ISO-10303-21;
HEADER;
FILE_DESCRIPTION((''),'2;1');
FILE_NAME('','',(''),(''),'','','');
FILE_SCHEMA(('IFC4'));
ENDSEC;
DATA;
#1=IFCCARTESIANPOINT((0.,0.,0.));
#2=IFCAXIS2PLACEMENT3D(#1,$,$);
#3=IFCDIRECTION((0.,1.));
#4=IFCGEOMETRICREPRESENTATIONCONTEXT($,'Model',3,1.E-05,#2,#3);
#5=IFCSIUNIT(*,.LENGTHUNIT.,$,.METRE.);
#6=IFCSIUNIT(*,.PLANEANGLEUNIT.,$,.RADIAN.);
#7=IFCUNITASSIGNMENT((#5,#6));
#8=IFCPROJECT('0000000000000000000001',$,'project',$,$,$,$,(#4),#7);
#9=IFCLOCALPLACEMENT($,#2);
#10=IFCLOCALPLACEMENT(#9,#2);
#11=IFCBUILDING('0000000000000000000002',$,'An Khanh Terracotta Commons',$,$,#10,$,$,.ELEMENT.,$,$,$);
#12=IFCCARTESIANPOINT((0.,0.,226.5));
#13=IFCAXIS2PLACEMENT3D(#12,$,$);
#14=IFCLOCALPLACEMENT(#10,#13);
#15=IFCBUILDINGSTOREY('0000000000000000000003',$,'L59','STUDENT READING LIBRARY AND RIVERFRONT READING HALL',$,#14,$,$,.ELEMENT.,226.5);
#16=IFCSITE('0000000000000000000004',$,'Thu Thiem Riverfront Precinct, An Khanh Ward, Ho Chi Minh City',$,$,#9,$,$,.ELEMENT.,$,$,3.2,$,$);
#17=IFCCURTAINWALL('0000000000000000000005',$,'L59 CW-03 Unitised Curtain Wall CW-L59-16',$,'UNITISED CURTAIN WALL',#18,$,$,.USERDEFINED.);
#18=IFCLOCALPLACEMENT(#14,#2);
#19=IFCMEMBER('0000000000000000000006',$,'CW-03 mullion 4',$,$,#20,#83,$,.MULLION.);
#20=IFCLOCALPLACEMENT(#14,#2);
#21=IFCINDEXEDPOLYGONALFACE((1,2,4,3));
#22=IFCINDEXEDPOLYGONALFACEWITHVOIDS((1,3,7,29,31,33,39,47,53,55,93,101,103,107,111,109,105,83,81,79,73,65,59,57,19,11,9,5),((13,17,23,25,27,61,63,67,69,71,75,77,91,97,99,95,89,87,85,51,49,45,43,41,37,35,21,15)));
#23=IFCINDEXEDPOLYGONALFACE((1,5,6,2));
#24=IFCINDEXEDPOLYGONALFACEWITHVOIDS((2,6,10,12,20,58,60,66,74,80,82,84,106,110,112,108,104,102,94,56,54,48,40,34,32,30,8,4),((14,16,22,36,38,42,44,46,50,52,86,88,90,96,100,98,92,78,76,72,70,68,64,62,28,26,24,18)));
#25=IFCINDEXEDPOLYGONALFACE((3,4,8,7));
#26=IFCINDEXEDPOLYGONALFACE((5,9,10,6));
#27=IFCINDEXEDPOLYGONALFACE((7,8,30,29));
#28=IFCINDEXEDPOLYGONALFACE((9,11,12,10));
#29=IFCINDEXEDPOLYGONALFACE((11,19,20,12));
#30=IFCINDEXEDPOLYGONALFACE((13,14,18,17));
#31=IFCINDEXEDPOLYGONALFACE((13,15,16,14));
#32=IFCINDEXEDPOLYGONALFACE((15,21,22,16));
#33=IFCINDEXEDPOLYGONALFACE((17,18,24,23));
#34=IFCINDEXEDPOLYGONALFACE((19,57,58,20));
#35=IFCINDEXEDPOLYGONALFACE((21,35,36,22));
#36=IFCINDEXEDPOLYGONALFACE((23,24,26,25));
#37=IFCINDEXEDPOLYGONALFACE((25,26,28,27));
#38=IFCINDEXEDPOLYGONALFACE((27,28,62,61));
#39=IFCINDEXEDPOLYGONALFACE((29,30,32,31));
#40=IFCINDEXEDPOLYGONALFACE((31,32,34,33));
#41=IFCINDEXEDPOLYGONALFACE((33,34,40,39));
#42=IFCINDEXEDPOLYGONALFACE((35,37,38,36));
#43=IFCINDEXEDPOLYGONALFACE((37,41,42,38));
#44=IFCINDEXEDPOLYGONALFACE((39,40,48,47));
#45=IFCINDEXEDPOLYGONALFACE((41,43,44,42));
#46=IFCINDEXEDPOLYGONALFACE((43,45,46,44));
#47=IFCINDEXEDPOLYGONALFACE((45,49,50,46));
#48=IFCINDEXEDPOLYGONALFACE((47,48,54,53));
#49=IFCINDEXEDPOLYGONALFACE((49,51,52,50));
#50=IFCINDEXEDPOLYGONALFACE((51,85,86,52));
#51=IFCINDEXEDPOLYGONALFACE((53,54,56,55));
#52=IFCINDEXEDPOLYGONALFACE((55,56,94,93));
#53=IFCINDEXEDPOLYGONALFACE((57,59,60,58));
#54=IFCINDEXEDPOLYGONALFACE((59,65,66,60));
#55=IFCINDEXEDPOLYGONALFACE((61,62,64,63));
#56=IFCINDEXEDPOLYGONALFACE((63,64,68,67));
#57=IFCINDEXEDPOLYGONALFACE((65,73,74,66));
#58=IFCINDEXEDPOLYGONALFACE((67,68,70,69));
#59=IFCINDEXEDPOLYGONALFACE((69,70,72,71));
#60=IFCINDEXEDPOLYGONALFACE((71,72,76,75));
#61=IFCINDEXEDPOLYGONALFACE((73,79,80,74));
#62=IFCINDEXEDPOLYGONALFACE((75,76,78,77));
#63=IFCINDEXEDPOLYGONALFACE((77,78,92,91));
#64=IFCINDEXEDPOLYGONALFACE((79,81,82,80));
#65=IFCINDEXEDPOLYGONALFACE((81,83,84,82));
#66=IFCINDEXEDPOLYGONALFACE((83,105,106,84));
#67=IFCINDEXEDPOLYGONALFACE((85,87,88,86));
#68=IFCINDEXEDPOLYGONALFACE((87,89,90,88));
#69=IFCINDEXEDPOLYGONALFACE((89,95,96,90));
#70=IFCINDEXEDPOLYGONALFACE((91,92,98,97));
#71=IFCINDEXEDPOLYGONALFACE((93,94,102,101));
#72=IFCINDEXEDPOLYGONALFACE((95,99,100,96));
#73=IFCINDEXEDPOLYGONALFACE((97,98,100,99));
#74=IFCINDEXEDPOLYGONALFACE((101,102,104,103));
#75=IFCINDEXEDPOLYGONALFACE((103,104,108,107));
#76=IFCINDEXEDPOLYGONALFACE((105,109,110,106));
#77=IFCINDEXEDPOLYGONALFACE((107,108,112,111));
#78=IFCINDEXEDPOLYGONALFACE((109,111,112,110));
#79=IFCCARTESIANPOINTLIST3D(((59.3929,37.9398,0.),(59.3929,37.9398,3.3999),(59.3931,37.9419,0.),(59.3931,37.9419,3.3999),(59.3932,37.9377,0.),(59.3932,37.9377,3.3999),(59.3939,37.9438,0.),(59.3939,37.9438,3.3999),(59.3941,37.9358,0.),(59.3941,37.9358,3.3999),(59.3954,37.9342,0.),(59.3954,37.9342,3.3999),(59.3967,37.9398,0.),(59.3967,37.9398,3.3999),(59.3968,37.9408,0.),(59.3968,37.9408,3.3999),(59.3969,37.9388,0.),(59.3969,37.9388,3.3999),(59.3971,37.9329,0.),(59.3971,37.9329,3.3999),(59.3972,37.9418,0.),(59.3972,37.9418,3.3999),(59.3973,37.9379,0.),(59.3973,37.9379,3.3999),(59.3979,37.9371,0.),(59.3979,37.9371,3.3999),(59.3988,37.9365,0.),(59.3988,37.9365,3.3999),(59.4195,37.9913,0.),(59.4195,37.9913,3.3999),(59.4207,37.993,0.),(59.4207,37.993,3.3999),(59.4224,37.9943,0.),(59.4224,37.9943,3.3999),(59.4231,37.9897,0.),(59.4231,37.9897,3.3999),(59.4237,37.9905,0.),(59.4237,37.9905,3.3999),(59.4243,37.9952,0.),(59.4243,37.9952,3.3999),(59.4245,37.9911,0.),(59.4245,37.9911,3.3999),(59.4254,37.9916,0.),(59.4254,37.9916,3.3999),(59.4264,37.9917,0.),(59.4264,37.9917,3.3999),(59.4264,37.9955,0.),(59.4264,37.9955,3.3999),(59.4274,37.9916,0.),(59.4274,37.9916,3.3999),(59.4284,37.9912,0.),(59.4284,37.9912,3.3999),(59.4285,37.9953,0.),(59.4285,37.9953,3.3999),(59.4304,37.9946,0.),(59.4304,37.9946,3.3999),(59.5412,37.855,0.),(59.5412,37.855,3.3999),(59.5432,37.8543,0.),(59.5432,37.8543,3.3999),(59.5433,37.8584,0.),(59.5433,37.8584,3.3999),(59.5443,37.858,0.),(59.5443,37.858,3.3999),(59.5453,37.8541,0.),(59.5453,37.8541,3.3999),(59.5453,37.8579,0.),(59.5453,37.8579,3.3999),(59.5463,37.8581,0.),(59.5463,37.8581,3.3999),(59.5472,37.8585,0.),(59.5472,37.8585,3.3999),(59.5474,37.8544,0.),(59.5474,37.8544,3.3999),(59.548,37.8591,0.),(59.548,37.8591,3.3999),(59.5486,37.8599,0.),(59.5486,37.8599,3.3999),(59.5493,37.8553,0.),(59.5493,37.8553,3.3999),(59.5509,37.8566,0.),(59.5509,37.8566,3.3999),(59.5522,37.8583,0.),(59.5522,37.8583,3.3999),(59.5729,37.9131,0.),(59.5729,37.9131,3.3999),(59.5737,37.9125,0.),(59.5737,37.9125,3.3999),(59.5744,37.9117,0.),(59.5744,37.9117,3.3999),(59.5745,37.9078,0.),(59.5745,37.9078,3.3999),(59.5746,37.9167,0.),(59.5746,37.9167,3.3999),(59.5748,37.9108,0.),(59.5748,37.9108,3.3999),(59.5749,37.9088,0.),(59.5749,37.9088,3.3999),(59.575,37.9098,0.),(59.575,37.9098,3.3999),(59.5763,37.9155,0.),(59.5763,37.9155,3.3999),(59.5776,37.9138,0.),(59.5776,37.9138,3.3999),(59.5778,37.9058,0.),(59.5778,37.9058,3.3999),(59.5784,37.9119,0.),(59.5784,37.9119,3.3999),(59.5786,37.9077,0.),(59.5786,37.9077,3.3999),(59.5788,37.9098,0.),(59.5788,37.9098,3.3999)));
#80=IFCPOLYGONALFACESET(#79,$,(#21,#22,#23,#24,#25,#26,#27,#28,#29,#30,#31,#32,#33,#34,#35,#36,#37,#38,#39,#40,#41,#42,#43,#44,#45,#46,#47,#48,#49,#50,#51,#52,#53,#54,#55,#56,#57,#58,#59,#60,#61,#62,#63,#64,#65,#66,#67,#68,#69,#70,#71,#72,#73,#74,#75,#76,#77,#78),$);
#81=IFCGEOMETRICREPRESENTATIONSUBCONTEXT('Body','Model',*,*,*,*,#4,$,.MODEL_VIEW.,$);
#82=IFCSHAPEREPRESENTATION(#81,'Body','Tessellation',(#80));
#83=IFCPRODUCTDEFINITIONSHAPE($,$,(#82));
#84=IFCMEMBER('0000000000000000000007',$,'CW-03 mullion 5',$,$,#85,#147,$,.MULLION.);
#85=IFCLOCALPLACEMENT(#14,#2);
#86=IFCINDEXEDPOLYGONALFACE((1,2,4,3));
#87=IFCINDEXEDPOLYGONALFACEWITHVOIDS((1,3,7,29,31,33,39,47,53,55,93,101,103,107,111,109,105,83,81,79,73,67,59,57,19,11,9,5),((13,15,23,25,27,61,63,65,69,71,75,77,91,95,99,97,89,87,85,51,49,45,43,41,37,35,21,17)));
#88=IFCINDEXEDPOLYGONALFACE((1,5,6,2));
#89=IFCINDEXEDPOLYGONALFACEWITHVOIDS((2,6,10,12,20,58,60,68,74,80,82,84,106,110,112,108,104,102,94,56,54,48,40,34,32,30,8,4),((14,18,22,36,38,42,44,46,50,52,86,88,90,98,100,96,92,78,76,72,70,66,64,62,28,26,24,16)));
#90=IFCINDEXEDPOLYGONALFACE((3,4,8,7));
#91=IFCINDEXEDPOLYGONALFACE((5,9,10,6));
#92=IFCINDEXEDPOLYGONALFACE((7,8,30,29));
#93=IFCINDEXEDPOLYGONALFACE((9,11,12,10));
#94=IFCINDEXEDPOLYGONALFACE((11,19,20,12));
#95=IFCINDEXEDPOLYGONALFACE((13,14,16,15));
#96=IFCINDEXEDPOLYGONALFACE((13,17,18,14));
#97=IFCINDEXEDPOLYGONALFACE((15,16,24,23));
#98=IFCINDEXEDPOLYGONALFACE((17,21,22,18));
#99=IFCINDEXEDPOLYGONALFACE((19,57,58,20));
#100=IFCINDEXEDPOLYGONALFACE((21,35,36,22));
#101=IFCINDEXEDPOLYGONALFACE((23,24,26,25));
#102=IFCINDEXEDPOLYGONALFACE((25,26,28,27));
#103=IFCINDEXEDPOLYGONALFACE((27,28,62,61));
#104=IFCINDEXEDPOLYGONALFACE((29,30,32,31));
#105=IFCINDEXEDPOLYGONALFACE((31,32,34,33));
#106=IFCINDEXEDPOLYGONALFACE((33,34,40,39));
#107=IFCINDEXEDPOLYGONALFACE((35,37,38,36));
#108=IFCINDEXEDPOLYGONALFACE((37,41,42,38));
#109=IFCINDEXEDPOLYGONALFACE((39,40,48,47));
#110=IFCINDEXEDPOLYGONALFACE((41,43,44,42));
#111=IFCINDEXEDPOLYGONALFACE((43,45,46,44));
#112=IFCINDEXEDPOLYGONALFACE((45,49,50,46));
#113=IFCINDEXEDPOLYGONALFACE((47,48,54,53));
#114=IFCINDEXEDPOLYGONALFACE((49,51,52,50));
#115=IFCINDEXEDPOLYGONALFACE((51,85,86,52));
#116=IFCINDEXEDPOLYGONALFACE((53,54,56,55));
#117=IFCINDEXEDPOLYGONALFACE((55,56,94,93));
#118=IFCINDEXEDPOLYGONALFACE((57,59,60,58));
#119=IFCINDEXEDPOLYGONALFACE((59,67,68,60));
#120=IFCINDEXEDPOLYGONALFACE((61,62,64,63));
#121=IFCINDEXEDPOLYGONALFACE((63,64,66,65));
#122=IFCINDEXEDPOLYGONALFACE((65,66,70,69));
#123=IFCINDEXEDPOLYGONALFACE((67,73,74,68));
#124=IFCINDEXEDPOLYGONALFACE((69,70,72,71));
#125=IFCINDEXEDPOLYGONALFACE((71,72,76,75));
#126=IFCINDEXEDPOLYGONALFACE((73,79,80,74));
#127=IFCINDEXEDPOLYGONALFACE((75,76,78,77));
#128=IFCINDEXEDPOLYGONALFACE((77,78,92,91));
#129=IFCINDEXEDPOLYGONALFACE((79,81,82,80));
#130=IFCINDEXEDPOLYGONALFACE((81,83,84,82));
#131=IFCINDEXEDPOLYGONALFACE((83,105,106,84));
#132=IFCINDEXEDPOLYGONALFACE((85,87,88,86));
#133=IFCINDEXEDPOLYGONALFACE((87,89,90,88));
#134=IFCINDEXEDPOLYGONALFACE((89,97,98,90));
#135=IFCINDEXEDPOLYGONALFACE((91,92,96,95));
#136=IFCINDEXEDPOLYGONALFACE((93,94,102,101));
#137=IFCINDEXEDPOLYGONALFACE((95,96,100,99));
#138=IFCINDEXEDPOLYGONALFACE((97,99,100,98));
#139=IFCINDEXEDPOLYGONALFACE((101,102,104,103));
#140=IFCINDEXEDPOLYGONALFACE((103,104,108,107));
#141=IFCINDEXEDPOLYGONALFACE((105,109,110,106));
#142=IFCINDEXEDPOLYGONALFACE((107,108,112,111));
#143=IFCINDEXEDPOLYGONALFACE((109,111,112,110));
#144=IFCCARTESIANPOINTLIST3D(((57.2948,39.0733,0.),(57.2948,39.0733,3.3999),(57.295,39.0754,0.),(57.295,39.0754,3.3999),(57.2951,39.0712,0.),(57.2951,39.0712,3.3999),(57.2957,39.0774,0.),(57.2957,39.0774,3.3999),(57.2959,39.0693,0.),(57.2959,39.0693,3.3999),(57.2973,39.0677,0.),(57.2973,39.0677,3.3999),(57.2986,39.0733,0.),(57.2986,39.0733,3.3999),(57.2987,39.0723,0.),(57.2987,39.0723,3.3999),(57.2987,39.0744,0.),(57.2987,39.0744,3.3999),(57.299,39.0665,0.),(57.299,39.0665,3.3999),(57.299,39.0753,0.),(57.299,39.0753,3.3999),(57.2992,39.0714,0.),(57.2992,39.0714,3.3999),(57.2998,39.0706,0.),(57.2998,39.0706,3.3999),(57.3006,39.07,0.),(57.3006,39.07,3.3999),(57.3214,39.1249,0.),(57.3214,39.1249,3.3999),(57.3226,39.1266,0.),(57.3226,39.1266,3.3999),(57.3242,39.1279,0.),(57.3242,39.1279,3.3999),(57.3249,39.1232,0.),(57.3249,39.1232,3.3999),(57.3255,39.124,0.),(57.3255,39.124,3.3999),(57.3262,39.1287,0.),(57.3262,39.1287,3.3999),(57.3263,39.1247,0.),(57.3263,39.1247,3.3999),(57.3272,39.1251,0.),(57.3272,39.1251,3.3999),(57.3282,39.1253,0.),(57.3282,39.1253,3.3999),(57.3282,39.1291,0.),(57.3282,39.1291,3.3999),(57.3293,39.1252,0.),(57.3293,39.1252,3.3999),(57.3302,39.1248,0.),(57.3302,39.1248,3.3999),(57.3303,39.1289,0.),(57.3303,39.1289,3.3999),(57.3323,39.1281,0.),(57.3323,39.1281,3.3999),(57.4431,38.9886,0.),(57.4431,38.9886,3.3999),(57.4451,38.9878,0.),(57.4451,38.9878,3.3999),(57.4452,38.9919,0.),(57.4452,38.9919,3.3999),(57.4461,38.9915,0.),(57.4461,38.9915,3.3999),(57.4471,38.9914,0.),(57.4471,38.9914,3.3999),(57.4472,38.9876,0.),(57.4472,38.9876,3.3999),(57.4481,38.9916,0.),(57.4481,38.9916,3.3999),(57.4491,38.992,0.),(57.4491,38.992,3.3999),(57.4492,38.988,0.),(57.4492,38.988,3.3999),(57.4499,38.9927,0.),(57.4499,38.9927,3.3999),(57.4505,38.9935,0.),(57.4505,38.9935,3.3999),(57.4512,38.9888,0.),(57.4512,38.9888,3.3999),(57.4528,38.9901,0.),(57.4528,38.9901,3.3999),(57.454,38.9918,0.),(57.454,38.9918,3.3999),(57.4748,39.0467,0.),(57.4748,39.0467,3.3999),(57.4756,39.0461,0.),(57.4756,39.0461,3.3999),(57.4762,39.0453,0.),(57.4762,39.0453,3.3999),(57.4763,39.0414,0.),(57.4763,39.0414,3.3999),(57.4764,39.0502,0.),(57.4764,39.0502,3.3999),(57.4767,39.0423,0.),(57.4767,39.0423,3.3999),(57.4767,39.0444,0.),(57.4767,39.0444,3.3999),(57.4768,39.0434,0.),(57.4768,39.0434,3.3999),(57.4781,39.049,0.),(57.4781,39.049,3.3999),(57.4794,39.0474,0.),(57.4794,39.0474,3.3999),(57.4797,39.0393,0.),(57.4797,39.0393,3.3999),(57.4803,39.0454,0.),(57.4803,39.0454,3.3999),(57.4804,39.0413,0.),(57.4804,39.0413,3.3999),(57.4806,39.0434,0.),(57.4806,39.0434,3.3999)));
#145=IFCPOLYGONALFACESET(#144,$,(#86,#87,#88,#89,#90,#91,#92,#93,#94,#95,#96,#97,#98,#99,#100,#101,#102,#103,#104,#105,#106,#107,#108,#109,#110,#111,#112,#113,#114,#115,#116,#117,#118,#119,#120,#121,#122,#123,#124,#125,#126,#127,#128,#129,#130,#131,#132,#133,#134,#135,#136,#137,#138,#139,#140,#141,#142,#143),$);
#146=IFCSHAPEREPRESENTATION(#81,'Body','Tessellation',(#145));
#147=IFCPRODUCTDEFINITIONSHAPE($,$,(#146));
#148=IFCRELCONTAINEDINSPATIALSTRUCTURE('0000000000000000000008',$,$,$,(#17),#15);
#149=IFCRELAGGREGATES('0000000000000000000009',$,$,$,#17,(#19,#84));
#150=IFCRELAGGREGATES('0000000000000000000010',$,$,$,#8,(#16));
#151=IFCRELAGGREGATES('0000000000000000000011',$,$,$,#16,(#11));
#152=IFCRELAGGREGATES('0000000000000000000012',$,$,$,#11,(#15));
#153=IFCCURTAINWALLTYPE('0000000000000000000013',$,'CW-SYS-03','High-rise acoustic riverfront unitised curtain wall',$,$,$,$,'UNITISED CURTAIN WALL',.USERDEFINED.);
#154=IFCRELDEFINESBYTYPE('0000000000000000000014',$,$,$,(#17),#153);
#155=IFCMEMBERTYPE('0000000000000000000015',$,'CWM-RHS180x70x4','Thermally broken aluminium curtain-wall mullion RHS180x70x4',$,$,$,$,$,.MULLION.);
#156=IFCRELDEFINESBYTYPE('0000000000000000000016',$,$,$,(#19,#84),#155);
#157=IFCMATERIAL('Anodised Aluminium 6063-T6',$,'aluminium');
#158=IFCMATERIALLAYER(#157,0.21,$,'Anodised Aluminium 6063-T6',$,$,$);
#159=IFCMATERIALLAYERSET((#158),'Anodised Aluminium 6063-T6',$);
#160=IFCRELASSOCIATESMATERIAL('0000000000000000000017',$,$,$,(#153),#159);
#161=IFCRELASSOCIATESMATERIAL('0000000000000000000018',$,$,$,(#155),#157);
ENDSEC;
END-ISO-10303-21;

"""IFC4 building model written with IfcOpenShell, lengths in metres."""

from ifc_helpers import new_model, si_unit, direction, frame, origin, origin_2d, place, context, subcontext, project, spatial, hollow_rectangle, extrude, material, layer, layer_set, material_profile, profile_set, type_object, element, aggregate, save


model = new_model("IFC4")

# Units and contexts
model_context = context("Model", 3, precision=1e-05, world=origin(), true_north=direction((0.0, 1.0)))
body_context = subcontext(model_context, "Body", "Model", "MODEL_VIEW")
ifc_project = project(units=[si_unit("LENGTHUNIT", "METRE"), si_unit("PLANEANGLEUNIT", "RADIAN")], contexts=[model_context])

# Site, building, storey
site_placement = place(None, origin())
site = spatial("IfcSite", under=ifc_project, at=site_placement, Name="Thu Thiem Riverfront Precinct, An Khanh Ward, Ho Chi Minh City", CompositionType="ELEMENT", RefElevation=3.2)
building_placement = place(site_placement, origin())
building = spatial("IfcBuilding", under=site, at=building_placement, Name="An Khanh Terracotta Commons", CompositionType="ELEMENT")
storey_placement = place(building_placement, frame((0.0, 0.0, 226.5)))
storey = spatial("IfcBuildingStorey", under=building, at=storey_placement, Name="L59", Description="STUDENT READING LIBRARY AND RIVERFRONT READING HALL", CompositionType="ELEMENT", Elevation=226.5)

# Curtain wall, members
ifc_material_1 = material(Name="Anodised Aluminium 6063-T6", Category="aluminium")
ifc_layer_1 = layer(ifc_material_1, 0.21, Name="Anodised Aluminium 6063-T6")
ifc_layer_set_1 = layer_set([ifc_layer_1], Name="Anodised Aluminium 6063-T6")
curtain_wall_type = type_object("IfcCurtainWallType", Name="CW-SYS-03", Description="High-rise acoustic riverfront unitised curtain wall", ElementType="UNITISED CURTAIN WALL", PredefinedType="USERDEFINED", material=ifc_layer_set_1)
curtain_wall_placement = place(storey_placement, origin())
curtain_wall = element("IfcCurtainWall", 1, at=curtain_wall_placement, inside=storey, type_object=curtain_wall_type, Name="L59 CW-03 Unitised Curtain Wall CW-L59-16", ObjectType="UNITISED CURTAIN WALL", PredefinedType="USERDEFINED")
ifc_material_profile_1 = material_profile(ifc_material_1, hollow_rectangle(XDim=0.0701, YDim=0.1799, WallThickness=0.0039, InnerFilletRadius=0.0039, OuterFilletRadius=0.0081, at=origin_2d()), Name="RHS180x70x4")
ifc_profile_set_1 = profile_set([ifc_material_profile_1], Name="Anodised Aluminium 6063-T6")
member_type_1 = type_object("IfcMemberType", Name="CWM-RHS180x70x4", Description="Thermally broken aluminium curtain-wall mullion RHS180x70x4", PredefinedType="MULLION", material=ifc_profile_set_1)
member_1_placement = place(storey_placement, frame((59.4858, 37.9248, 0.0), z_axis=(0.0, 0.0, 1.0), x_axis=(-0.475381, -0.87978, 0.0)))
member_1 = element("IfcMember", 2, at=member_1_placement, type_object=member_type_1, Name="CW-03 mullion 4", PredefinedType="MULLION", context=body_context, shape_type="SweptSolid", body=[
    extrude(hollow_rectangle(XDim=0.0701, YDim=0.1799, WallThickness=0.0039, InnerFilletRadius=0.0039, OuterFilletRadius=0.0081, at=origin_2d()), origin(), (0.0, 0.0, 1.0), 3.3999),
])
member_2_placement = place(storey_placement, frame((57.3877, 39.0583, 0.0), z_axis=(0.0, 0.0, 1.0), x_axis=(-0.475381, -0.87978, 0.0)))
member_2 = element("IfcMember", 3, at=member_2_placement, type_object=member_type_1, Name="CW-03 mullion 5", PredefinedType="MULLION", context=body_context, shape_type="SweptSolid", body=[
    extrude(hollow_rectangle(XDim=0.0701, YDim=0.1799, WallThickness=0.0039, InnerFilletRadius=0.0039, OuterFilletRadius=0.0081, at=origin_2d()), origin(), (0.0, 0.0, 1.0), 3.3999),
])
aggregate(curtain_wall, [member_1, member_2])

save(model, "model.ifc")
